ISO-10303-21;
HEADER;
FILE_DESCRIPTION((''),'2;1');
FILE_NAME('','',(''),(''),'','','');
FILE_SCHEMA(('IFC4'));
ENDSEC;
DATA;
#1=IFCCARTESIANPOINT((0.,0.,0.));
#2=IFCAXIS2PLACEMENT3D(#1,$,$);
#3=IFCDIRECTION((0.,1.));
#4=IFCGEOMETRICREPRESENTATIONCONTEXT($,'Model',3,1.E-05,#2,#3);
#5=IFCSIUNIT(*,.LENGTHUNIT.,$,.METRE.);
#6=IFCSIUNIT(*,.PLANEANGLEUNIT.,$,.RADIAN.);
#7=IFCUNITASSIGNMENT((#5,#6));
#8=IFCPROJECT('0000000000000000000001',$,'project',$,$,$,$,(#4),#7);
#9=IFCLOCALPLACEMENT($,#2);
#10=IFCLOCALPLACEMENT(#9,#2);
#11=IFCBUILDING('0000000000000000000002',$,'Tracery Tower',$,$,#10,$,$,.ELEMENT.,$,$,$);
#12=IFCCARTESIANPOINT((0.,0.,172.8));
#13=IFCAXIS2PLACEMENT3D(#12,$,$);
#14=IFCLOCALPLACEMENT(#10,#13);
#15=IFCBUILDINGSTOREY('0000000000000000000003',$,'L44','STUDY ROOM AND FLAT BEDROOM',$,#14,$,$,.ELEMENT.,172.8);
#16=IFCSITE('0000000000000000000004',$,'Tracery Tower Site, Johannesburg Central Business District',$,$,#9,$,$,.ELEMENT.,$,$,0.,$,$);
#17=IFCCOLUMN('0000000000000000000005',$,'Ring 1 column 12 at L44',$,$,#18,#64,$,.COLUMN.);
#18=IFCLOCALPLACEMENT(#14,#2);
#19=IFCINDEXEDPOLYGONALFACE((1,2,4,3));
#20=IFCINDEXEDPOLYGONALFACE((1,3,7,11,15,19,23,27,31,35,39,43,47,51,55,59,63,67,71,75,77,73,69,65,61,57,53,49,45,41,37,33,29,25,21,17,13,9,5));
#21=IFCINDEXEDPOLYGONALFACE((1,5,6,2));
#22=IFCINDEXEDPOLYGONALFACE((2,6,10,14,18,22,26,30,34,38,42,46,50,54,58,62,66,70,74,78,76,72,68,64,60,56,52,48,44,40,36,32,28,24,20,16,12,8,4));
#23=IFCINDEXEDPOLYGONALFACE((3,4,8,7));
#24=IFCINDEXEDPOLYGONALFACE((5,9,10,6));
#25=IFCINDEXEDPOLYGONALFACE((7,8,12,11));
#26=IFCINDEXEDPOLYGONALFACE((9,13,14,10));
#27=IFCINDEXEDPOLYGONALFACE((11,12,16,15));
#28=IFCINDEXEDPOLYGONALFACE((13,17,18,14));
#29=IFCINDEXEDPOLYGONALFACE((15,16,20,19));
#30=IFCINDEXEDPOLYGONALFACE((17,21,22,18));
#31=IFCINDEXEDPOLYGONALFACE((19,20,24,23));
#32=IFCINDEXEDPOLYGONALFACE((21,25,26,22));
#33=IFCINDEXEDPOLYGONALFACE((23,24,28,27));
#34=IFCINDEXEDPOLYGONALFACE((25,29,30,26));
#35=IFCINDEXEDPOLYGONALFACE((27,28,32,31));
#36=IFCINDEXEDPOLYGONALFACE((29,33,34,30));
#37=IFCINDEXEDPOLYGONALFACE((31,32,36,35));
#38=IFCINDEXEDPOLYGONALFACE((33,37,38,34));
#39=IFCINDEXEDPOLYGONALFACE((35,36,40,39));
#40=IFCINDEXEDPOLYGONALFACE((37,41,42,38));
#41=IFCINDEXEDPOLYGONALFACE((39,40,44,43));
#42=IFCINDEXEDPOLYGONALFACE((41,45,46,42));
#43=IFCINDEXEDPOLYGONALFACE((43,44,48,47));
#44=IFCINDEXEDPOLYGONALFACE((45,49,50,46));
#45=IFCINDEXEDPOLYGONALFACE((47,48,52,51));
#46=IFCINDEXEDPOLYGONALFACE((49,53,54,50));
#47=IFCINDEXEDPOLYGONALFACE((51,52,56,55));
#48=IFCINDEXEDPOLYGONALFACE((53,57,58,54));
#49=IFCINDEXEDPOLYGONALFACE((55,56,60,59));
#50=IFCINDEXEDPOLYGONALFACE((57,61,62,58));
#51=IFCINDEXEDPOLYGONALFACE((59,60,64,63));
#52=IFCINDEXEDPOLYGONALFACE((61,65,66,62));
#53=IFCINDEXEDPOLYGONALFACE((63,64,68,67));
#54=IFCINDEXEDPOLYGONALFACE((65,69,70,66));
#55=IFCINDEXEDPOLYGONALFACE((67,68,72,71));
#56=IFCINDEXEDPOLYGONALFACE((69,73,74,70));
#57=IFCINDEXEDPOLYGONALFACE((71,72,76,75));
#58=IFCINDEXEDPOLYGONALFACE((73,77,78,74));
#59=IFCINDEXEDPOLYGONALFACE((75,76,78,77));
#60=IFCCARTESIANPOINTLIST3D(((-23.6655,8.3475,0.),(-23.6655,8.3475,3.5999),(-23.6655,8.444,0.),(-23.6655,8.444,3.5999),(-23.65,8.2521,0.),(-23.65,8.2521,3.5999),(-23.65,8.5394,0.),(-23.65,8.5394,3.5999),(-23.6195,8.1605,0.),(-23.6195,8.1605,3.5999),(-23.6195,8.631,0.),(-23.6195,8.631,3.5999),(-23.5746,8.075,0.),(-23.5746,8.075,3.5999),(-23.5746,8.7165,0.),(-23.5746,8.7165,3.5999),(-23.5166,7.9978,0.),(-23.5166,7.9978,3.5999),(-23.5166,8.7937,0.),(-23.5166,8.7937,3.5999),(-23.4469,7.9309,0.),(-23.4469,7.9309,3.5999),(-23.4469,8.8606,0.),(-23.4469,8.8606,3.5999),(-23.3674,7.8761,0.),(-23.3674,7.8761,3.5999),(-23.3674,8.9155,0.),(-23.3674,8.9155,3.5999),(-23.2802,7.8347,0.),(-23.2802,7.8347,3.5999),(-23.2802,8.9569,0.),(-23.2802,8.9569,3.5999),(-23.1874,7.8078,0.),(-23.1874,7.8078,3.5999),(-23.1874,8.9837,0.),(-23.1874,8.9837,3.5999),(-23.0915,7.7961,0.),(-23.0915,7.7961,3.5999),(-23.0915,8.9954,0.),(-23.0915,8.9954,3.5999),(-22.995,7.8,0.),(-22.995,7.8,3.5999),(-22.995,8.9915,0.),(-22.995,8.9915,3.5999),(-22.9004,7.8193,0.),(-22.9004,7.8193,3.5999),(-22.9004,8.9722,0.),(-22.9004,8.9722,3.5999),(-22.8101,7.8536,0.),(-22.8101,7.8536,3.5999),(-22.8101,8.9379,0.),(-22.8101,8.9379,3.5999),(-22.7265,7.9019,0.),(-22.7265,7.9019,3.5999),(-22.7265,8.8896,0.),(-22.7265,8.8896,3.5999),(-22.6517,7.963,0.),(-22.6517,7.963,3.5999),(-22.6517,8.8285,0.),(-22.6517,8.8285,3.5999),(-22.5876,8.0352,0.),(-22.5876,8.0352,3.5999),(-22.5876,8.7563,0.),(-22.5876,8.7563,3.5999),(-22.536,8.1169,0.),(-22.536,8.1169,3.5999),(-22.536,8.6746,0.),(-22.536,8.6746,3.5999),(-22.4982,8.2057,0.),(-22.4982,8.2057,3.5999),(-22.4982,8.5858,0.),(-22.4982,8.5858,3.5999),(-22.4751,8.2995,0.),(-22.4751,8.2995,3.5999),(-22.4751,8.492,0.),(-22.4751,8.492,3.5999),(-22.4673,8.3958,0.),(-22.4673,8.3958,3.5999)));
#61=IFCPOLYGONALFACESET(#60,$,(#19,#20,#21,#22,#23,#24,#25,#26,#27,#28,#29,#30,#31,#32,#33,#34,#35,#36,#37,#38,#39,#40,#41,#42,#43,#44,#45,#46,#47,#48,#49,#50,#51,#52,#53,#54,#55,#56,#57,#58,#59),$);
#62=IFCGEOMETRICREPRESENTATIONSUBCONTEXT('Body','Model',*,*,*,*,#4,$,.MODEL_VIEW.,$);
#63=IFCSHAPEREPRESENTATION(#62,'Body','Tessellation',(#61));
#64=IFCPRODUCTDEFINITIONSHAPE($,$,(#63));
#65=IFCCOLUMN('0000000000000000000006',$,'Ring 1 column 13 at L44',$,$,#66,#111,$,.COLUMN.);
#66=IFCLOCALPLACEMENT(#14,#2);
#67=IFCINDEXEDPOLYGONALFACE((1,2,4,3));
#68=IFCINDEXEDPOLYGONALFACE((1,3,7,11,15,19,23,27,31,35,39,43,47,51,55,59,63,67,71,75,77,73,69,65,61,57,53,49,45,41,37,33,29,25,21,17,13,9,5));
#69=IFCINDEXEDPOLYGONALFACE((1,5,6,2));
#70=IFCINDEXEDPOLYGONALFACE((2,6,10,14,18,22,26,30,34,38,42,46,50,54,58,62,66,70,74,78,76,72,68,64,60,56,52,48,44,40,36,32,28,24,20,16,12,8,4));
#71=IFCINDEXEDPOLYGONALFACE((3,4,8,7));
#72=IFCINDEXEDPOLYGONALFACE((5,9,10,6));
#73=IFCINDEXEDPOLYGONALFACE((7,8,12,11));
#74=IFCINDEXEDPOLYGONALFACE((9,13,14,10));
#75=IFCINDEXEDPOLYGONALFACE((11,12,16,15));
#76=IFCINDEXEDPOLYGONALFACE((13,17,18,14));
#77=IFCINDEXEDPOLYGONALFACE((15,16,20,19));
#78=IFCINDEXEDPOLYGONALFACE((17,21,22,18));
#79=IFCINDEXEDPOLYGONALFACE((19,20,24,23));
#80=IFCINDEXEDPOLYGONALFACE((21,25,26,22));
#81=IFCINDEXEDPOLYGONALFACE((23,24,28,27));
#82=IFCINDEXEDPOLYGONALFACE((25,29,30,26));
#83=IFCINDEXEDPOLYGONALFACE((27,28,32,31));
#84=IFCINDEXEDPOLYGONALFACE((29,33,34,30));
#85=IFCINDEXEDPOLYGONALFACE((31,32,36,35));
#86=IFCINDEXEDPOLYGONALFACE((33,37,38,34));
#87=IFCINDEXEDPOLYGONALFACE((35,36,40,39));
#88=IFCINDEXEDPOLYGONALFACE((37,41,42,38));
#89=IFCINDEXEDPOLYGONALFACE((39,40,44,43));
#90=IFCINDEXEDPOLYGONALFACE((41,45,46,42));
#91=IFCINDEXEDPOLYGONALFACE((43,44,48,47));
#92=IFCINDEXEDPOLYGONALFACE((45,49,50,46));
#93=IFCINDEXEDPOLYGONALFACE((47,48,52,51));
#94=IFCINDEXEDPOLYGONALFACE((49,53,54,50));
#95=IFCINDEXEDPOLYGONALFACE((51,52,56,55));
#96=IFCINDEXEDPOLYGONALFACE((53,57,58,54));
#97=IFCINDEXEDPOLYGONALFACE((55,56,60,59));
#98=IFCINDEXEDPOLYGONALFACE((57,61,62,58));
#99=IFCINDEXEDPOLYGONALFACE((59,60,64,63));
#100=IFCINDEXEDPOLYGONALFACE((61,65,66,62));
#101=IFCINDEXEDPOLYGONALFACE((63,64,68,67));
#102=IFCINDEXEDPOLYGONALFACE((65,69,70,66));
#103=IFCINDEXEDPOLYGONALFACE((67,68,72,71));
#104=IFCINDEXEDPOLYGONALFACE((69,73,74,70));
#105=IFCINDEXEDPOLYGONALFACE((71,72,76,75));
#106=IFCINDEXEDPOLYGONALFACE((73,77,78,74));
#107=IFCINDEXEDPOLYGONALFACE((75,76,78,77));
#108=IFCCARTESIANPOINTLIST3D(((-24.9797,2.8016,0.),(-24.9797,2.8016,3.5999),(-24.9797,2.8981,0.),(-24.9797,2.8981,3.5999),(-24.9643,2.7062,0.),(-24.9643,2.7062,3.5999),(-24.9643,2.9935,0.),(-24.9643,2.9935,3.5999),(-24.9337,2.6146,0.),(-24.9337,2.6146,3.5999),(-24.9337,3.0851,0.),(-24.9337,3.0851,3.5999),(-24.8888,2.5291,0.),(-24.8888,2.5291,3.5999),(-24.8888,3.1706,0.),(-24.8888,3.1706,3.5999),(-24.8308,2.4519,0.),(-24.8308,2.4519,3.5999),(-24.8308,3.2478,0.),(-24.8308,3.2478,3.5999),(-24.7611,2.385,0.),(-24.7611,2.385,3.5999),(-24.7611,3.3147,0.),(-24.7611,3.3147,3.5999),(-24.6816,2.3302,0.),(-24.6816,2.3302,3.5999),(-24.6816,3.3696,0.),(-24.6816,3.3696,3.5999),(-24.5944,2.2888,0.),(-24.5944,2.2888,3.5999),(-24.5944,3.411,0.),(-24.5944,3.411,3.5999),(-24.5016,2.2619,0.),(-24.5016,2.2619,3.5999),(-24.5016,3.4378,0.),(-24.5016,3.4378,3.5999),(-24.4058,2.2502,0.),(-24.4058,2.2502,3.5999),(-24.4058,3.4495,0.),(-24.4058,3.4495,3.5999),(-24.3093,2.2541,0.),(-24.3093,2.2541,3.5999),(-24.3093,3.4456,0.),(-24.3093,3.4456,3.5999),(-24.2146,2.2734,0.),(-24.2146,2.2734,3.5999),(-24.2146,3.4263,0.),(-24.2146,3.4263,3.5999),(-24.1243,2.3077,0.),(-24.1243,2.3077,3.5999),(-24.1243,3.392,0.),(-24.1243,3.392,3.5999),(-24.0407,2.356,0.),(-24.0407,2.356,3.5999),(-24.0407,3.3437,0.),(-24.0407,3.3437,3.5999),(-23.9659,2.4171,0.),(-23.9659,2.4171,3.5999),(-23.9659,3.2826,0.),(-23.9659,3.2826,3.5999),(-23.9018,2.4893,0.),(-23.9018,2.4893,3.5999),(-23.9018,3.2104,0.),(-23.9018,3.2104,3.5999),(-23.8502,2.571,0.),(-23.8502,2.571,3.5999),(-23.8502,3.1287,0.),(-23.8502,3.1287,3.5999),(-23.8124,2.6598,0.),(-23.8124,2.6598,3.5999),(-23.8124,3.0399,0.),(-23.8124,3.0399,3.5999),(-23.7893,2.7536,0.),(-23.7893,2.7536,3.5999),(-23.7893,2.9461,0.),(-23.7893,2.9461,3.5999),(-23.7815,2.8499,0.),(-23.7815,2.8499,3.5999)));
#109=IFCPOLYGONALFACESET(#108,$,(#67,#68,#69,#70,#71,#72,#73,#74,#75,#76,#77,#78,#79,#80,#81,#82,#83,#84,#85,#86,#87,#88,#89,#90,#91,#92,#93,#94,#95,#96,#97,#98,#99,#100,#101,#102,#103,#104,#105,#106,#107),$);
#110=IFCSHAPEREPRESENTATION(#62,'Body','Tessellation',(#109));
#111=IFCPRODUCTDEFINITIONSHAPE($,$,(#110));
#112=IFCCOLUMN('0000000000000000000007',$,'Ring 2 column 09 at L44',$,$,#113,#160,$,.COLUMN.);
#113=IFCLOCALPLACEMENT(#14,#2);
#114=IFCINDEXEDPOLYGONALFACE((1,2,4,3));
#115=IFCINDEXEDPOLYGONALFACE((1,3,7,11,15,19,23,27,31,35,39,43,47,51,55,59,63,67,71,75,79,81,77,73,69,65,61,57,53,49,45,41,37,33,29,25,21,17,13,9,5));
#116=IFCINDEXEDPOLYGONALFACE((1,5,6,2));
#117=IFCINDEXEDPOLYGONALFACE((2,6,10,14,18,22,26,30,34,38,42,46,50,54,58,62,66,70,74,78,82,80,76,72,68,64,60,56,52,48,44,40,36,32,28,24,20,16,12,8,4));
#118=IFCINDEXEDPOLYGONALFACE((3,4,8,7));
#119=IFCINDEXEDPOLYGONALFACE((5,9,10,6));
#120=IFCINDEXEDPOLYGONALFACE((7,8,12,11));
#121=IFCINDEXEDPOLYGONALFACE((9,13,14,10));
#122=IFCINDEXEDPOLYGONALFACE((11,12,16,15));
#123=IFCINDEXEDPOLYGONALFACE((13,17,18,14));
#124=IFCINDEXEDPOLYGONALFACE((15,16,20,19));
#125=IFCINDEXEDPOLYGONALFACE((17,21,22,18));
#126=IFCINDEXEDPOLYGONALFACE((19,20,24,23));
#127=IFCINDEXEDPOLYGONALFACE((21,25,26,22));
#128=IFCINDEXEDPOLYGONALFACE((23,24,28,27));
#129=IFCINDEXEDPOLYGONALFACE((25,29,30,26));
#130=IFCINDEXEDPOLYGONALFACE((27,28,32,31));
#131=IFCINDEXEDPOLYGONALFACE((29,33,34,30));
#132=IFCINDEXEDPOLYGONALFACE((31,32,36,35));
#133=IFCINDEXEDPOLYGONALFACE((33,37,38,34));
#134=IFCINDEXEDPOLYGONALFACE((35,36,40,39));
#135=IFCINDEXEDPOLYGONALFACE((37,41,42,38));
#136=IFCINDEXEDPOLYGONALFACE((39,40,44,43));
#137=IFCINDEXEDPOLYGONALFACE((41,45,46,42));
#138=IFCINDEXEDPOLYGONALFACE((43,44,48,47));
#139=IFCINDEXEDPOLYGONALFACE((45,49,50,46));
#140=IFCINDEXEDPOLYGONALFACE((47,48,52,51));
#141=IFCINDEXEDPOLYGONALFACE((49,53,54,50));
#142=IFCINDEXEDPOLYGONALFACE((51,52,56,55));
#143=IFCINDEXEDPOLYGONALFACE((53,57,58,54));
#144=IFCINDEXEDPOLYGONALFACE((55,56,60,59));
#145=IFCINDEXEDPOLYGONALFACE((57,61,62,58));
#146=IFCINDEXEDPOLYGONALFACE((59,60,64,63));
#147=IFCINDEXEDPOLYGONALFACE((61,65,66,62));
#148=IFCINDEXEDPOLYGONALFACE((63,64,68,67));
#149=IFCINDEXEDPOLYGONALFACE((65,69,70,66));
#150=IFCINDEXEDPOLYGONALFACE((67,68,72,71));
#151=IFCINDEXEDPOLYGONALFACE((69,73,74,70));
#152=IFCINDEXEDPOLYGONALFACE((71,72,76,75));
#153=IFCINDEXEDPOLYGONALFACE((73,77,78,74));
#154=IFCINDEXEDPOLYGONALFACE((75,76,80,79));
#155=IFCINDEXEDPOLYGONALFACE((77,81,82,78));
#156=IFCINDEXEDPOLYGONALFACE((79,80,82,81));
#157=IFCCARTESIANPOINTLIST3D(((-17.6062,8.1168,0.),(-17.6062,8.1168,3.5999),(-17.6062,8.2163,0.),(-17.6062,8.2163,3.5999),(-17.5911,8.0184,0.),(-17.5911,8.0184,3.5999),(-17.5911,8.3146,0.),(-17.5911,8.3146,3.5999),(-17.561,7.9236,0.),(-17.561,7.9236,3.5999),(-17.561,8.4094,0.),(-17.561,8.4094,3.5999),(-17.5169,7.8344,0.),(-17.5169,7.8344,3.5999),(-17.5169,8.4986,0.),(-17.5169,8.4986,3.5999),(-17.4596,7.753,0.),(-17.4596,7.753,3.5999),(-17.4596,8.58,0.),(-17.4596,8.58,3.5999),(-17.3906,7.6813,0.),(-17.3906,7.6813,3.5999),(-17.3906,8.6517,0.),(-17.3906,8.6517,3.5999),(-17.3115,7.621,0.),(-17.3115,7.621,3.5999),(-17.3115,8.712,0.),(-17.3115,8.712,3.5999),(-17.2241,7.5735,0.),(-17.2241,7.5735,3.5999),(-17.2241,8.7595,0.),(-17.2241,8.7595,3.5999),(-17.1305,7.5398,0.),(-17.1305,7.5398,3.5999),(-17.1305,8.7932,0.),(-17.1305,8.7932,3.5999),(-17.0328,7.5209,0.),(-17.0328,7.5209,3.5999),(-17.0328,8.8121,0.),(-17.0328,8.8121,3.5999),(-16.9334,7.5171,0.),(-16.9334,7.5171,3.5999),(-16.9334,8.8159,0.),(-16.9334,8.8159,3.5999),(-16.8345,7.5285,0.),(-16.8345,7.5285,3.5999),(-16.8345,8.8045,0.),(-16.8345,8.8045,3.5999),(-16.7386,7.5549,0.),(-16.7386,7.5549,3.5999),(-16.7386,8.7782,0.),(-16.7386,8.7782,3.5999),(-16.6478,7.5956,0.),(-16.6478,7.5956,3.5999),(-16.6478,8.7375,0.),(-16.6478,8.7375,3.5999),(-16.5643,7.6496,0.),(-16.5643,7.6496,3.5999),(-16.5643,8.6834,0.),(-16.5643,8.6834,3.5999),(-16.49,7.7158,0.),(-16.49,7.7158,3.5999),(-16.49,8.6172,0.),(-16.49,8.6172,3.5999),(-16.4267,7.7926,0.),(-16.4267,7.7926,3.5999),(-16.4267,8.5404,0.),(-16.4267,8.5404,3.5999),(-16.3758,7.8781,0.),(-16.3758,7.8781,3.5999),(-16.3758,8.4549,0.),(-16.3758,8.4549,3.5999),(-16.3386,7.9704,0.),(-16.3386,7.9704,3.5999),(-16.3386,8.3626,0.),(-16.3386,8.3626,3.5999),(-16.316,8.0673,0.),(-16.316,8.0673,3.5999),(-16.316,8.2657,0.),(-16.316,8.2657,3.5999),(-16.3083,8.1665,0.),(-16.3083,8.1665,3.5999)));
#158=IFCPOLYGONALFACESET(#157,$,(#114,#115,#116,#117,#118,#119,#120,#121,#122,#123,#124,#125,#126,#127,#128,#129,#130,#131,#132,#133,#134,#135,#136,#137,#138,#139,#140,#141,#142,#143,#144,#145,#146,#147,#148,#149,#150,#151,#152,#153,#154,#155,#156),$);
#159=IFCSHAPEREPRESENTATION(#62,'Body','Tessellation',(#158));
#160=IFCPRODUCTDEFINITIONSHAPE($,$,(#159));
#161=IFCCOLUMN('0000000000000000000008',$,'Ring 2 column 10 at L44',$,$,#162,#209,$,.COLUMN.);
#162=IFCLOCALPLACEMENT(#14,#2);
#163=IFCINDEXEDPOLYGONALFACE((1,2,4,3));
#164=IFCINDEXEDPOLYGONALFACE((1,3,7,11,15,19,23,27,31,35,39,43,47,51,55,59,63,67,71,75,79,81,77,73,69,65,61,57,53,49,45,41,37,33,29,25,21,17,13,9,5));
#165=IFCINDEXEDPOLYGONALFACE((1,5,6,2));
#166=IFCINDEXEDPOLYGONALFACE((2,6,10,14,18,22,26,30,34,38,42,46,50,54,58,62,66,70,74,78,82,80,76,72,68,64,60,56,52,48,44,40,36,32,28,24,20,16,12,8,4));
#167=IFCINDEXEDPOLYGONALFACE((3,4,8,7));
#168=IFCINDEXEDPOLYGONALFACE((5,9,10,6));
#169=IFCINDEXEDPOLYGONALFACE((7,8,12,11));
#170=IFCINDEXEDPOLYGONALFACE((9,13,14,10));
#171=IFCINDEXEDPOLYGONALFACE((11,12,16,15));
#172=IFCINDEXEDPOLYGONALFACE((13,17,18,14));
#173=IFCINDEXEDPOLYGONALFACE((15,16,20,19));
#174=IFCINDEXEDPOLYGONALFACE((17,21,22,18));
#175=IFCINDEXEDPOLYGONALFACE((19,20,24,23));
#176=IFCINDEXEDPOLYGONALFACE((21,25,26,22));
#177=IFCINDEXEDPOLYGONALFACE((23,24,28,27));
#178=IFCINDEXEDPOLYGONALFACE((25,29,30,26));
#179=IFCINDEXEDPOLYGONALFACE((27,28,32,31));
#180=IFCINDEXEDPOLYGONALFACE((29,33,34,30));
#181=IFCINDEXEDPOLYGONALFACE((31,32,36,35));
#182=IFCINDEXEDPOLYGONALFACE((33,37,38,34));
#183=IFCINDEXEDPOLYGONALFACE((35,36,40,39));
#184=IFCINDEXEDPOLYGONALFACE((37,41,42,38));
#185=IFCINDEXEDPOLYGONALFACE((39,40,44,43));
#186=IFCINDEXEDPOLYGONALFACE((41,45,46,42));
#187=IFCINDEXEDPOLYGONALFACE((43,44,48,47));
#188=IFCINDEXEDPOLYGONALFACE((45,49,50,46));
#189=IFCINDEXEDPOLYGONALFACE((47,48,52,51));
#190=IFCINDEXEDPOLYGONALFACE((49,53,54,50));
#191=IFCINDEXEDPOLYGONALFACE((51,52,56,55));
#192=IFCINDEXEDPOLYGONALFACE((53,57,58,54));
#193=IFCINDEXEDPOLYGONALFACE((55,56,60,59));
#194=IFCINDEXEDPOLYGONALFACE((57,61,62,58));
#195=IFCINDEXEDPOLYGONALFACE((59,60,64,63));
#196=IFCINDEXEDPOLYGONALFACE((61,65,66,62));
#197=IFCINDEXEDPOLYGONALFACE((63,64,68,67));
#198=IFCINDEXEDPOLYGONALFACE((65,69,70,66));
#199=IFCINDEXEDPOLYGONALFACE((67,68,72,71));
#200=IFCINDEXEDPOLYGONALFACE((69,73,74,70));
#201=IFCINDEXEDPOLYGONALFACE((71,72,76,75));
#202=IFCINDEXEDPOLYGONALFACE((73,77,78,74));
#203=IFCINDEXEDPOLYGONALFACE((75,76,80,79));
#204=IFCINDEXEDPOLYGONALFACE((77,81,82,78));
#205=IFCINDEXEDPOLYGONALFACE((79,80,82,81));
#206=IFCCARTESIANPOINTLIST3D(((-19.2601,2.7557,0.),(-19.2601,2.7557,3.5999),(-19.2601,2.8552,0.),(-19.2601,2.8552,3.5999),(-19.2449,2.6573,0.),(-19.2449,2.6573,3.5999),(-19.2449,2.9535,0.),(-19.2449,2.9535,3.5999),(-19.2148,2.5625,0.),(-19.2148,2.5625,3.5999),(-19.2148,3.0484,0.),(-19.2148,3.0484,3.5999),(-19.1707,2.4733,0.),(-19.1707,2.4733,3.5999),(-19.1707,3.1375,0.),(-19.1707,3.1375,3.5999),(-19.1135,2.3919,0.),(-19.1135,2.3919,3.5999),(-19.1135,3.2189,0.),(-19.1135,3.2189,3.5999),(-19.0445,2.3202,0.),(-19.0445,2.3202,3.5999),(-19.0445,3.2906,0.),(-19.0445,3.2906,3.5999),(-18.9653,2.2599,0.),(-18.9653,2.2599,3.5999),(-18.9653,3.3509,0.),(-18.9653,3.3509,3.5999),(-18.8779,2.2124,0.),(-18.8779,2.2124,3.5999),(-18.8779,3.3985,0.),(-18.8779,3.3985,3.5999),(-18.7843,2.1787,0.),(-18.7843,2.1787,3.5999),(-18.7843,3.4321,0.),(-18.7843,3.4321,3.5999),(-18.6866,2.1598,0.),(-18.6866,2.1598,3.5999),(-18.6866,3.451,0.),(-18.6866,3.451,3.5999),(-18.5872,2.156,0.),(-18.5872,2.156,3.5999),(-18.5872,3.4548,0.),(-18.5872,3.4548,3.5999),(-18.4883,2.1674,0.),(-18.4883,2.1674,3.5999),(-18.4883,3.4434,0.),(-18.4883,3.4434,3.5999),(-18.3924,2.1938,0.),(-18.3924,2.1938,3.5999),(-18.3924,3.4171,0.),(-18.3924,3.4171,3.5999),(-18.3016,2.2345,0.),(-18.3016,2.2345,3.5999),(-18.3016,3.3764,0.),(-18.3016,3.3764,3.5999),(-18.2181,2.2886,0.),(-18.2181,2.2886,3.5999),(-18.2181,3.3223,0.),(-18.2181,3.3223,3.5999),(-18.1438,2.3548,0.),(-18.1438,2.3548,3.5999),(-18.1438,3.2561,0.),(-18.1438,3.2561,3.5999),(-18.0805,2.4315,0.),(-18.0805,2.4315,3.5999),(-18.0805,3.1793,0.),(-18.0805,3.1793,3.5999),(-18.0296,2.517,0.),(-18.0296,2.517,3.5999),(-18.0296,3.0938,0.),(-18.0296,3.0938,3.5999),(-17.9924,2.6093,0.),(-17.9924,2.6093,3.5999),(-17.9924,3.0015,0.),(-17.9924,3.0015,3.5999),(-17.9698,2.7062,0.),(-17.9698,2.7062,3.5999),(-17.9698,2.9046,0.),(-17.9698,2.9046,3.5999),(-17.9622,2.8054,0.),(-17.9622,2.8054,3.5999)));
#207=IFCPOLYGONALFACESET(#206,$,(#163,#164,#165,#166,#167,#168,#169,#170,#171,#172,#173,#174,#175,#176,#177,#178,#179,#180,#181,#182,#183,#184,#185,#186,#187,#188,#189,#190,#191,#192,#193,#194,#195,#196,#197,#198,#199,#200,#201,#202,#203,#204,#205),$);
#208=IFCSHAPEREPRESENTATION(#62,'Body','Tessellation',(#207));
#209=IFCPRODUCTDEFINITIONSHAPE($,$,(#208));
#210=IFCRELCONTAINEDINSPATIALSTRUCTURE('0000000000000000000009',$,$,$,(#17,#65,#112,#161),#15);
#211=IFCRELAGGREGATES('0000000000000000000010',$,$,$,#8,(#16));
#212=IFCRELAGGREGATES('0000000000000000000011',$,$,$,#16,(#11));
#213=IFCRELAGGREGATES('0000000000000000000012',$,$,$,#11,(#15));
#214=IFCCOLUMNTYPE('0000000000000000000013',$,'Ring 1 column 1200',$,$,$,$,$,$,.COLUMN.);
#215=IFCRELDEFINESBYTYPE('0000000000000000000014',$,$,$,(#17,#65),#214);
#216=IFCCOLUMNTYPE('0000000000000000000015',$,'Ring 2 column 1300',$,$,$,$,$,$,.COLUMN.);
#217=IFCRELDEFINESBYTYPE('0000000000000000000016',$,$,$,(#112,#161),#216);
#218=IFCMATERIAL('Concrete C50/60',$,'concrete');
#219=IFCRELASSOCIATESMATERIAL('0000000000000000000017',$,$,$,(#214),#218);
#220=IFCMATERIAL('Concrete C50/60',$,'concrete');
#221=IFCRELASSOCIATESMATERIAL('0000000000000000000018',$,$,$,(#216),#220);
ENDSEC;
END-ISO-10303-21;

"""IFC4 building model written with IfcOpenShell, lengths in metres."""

from ifc_helpers import new_model, si_unit, direction, frame, origin, origin_2d, place, context, subcontext, project, spatial, circle, extrude, material, material_profile, profile_set, type_object, element, save


model = new_model("IFC4")

# Units and contexts
model_context = context("Model", 3, precision=1e-05, world=origin(), true_north=direction((0.0, 1.0)))
body_context = subcontext(model_context, "Body", "Model", "MODEL_VIEW")
ifc_project = project(units=[si_unit("LENGTHUNIT", "METRE"), si_unit("PLANEANGLEUNIT", "RADIAN")], contexts=[model_context])

# Site, building, storey
site_placement = place(None, origin())
site = spatial("IfcSite", under=ifc_project, at=site_placement, Name="Tracery Tower Site, Johannesburg Central Business District", CompositionType="ELEMENT", RefElevation=0.0)
building_placement = place(site_placement, origin())
building = spatial("IfcBuilding", under=site, at=building_placement, Name="Tracery Tower", CompositionType="ELEMENT")
storey_placement = place(building_placement, frame((0.0, 0.0, 172.8)))
storey = spatial("IfcBuildingStorey", under=building, at=storey_placement, Name="L44", Description="STUDY ROOM AND FLAT BEDROOM", CompositionType="ELEMENT", Elevation=172.8)

# Columns
ifc_material_1 = material(Name="Concrete C50/60", Category="concrete")
ifc_material_profile_1 = material_profile(ifc_material_1, circle(Radius=0.6001, at=origin_2d()), Name="RC D1200")
ifc_profile_set_1 = profile_set([ifc_material_profile_1], Name="Concrete C50/60")
column_type_1 = type_object("IfcColumnType", Name="Ring 1 column 1200", PredefinedType="COLUMN", material=ifc_profile_set_1)
for number, where, z_axis, x_axis, name in (
    (1, (-23.0674, 8.3958, 0.0), (0.0, 0.0, 1.0), (1.0, 0.0, 0.0), "Ring 1 column 12 at L44"),
    (2, (-24.3816, 2.8499, 0.0), (0.0, 0.0, 1.0), (1.0, 0.0, 0.0), "Ring 1 column 13 at L44"),
):
    element("IfcColumn", number, at=place(storey_placement, frame(where, z_axis=z_axis, x_axis=x_axis)), inside=storey, type_object=column_type_1, Name=name, PredefinedType="COLUMN", context=body_context, shape_type="SweptSolid", body=[
        extrude(circle(Radius=0.6001, at=origin_2d()), origin(), (0.0, 0.0, 1.0), 3.5999),
    ])
ifc_material_2 = material(Name="Concrete C50/60", Category="concrete")
ifc_material_profile_2 = material_profile(ifc_material_2, circle(Radius=0.6499, at=origin_2d()), Name="RC D1300")
ifc_profile_set_2 = profile_set([ifc_material_profile_2], Name="Concrete C50/60")
column_type_2 = type_object("IfcColumnType", Name="Ring 2 column 1300", PredefinedType="COLUMN", material=ifc_profile_set_2)
for number, where, z_axis, x_axis, name in (
    (3, (-16.9583, 8.1665, 0.0), (0.0, 0.0, 1.0), (1.0, 0.0, 0.0), "Ring 2 column 09 at L44"),
    (4, (-18.6121, 2.8054, 0.0), (0.0, 0.0, 1.0), (1.0, 0.0, 0.0), "Ring 2 column 10 at L44"),
):
    element("IfcColumn", number, at=place(storey_placement, frame(where, z_axis=z_axis, x_axis=x_axis)), inside=storey, type_object=column_type_2, Name=name, PredefinedType="COLUMN", context=body_context, shape_type="SweptSolid", body=[
        extrude(circle(Radius=0.6499, at=origin_2d()), origin(), (0.0, 0.0, 1.0), 3.5999),
    ])

save(model, "model.ifc")
